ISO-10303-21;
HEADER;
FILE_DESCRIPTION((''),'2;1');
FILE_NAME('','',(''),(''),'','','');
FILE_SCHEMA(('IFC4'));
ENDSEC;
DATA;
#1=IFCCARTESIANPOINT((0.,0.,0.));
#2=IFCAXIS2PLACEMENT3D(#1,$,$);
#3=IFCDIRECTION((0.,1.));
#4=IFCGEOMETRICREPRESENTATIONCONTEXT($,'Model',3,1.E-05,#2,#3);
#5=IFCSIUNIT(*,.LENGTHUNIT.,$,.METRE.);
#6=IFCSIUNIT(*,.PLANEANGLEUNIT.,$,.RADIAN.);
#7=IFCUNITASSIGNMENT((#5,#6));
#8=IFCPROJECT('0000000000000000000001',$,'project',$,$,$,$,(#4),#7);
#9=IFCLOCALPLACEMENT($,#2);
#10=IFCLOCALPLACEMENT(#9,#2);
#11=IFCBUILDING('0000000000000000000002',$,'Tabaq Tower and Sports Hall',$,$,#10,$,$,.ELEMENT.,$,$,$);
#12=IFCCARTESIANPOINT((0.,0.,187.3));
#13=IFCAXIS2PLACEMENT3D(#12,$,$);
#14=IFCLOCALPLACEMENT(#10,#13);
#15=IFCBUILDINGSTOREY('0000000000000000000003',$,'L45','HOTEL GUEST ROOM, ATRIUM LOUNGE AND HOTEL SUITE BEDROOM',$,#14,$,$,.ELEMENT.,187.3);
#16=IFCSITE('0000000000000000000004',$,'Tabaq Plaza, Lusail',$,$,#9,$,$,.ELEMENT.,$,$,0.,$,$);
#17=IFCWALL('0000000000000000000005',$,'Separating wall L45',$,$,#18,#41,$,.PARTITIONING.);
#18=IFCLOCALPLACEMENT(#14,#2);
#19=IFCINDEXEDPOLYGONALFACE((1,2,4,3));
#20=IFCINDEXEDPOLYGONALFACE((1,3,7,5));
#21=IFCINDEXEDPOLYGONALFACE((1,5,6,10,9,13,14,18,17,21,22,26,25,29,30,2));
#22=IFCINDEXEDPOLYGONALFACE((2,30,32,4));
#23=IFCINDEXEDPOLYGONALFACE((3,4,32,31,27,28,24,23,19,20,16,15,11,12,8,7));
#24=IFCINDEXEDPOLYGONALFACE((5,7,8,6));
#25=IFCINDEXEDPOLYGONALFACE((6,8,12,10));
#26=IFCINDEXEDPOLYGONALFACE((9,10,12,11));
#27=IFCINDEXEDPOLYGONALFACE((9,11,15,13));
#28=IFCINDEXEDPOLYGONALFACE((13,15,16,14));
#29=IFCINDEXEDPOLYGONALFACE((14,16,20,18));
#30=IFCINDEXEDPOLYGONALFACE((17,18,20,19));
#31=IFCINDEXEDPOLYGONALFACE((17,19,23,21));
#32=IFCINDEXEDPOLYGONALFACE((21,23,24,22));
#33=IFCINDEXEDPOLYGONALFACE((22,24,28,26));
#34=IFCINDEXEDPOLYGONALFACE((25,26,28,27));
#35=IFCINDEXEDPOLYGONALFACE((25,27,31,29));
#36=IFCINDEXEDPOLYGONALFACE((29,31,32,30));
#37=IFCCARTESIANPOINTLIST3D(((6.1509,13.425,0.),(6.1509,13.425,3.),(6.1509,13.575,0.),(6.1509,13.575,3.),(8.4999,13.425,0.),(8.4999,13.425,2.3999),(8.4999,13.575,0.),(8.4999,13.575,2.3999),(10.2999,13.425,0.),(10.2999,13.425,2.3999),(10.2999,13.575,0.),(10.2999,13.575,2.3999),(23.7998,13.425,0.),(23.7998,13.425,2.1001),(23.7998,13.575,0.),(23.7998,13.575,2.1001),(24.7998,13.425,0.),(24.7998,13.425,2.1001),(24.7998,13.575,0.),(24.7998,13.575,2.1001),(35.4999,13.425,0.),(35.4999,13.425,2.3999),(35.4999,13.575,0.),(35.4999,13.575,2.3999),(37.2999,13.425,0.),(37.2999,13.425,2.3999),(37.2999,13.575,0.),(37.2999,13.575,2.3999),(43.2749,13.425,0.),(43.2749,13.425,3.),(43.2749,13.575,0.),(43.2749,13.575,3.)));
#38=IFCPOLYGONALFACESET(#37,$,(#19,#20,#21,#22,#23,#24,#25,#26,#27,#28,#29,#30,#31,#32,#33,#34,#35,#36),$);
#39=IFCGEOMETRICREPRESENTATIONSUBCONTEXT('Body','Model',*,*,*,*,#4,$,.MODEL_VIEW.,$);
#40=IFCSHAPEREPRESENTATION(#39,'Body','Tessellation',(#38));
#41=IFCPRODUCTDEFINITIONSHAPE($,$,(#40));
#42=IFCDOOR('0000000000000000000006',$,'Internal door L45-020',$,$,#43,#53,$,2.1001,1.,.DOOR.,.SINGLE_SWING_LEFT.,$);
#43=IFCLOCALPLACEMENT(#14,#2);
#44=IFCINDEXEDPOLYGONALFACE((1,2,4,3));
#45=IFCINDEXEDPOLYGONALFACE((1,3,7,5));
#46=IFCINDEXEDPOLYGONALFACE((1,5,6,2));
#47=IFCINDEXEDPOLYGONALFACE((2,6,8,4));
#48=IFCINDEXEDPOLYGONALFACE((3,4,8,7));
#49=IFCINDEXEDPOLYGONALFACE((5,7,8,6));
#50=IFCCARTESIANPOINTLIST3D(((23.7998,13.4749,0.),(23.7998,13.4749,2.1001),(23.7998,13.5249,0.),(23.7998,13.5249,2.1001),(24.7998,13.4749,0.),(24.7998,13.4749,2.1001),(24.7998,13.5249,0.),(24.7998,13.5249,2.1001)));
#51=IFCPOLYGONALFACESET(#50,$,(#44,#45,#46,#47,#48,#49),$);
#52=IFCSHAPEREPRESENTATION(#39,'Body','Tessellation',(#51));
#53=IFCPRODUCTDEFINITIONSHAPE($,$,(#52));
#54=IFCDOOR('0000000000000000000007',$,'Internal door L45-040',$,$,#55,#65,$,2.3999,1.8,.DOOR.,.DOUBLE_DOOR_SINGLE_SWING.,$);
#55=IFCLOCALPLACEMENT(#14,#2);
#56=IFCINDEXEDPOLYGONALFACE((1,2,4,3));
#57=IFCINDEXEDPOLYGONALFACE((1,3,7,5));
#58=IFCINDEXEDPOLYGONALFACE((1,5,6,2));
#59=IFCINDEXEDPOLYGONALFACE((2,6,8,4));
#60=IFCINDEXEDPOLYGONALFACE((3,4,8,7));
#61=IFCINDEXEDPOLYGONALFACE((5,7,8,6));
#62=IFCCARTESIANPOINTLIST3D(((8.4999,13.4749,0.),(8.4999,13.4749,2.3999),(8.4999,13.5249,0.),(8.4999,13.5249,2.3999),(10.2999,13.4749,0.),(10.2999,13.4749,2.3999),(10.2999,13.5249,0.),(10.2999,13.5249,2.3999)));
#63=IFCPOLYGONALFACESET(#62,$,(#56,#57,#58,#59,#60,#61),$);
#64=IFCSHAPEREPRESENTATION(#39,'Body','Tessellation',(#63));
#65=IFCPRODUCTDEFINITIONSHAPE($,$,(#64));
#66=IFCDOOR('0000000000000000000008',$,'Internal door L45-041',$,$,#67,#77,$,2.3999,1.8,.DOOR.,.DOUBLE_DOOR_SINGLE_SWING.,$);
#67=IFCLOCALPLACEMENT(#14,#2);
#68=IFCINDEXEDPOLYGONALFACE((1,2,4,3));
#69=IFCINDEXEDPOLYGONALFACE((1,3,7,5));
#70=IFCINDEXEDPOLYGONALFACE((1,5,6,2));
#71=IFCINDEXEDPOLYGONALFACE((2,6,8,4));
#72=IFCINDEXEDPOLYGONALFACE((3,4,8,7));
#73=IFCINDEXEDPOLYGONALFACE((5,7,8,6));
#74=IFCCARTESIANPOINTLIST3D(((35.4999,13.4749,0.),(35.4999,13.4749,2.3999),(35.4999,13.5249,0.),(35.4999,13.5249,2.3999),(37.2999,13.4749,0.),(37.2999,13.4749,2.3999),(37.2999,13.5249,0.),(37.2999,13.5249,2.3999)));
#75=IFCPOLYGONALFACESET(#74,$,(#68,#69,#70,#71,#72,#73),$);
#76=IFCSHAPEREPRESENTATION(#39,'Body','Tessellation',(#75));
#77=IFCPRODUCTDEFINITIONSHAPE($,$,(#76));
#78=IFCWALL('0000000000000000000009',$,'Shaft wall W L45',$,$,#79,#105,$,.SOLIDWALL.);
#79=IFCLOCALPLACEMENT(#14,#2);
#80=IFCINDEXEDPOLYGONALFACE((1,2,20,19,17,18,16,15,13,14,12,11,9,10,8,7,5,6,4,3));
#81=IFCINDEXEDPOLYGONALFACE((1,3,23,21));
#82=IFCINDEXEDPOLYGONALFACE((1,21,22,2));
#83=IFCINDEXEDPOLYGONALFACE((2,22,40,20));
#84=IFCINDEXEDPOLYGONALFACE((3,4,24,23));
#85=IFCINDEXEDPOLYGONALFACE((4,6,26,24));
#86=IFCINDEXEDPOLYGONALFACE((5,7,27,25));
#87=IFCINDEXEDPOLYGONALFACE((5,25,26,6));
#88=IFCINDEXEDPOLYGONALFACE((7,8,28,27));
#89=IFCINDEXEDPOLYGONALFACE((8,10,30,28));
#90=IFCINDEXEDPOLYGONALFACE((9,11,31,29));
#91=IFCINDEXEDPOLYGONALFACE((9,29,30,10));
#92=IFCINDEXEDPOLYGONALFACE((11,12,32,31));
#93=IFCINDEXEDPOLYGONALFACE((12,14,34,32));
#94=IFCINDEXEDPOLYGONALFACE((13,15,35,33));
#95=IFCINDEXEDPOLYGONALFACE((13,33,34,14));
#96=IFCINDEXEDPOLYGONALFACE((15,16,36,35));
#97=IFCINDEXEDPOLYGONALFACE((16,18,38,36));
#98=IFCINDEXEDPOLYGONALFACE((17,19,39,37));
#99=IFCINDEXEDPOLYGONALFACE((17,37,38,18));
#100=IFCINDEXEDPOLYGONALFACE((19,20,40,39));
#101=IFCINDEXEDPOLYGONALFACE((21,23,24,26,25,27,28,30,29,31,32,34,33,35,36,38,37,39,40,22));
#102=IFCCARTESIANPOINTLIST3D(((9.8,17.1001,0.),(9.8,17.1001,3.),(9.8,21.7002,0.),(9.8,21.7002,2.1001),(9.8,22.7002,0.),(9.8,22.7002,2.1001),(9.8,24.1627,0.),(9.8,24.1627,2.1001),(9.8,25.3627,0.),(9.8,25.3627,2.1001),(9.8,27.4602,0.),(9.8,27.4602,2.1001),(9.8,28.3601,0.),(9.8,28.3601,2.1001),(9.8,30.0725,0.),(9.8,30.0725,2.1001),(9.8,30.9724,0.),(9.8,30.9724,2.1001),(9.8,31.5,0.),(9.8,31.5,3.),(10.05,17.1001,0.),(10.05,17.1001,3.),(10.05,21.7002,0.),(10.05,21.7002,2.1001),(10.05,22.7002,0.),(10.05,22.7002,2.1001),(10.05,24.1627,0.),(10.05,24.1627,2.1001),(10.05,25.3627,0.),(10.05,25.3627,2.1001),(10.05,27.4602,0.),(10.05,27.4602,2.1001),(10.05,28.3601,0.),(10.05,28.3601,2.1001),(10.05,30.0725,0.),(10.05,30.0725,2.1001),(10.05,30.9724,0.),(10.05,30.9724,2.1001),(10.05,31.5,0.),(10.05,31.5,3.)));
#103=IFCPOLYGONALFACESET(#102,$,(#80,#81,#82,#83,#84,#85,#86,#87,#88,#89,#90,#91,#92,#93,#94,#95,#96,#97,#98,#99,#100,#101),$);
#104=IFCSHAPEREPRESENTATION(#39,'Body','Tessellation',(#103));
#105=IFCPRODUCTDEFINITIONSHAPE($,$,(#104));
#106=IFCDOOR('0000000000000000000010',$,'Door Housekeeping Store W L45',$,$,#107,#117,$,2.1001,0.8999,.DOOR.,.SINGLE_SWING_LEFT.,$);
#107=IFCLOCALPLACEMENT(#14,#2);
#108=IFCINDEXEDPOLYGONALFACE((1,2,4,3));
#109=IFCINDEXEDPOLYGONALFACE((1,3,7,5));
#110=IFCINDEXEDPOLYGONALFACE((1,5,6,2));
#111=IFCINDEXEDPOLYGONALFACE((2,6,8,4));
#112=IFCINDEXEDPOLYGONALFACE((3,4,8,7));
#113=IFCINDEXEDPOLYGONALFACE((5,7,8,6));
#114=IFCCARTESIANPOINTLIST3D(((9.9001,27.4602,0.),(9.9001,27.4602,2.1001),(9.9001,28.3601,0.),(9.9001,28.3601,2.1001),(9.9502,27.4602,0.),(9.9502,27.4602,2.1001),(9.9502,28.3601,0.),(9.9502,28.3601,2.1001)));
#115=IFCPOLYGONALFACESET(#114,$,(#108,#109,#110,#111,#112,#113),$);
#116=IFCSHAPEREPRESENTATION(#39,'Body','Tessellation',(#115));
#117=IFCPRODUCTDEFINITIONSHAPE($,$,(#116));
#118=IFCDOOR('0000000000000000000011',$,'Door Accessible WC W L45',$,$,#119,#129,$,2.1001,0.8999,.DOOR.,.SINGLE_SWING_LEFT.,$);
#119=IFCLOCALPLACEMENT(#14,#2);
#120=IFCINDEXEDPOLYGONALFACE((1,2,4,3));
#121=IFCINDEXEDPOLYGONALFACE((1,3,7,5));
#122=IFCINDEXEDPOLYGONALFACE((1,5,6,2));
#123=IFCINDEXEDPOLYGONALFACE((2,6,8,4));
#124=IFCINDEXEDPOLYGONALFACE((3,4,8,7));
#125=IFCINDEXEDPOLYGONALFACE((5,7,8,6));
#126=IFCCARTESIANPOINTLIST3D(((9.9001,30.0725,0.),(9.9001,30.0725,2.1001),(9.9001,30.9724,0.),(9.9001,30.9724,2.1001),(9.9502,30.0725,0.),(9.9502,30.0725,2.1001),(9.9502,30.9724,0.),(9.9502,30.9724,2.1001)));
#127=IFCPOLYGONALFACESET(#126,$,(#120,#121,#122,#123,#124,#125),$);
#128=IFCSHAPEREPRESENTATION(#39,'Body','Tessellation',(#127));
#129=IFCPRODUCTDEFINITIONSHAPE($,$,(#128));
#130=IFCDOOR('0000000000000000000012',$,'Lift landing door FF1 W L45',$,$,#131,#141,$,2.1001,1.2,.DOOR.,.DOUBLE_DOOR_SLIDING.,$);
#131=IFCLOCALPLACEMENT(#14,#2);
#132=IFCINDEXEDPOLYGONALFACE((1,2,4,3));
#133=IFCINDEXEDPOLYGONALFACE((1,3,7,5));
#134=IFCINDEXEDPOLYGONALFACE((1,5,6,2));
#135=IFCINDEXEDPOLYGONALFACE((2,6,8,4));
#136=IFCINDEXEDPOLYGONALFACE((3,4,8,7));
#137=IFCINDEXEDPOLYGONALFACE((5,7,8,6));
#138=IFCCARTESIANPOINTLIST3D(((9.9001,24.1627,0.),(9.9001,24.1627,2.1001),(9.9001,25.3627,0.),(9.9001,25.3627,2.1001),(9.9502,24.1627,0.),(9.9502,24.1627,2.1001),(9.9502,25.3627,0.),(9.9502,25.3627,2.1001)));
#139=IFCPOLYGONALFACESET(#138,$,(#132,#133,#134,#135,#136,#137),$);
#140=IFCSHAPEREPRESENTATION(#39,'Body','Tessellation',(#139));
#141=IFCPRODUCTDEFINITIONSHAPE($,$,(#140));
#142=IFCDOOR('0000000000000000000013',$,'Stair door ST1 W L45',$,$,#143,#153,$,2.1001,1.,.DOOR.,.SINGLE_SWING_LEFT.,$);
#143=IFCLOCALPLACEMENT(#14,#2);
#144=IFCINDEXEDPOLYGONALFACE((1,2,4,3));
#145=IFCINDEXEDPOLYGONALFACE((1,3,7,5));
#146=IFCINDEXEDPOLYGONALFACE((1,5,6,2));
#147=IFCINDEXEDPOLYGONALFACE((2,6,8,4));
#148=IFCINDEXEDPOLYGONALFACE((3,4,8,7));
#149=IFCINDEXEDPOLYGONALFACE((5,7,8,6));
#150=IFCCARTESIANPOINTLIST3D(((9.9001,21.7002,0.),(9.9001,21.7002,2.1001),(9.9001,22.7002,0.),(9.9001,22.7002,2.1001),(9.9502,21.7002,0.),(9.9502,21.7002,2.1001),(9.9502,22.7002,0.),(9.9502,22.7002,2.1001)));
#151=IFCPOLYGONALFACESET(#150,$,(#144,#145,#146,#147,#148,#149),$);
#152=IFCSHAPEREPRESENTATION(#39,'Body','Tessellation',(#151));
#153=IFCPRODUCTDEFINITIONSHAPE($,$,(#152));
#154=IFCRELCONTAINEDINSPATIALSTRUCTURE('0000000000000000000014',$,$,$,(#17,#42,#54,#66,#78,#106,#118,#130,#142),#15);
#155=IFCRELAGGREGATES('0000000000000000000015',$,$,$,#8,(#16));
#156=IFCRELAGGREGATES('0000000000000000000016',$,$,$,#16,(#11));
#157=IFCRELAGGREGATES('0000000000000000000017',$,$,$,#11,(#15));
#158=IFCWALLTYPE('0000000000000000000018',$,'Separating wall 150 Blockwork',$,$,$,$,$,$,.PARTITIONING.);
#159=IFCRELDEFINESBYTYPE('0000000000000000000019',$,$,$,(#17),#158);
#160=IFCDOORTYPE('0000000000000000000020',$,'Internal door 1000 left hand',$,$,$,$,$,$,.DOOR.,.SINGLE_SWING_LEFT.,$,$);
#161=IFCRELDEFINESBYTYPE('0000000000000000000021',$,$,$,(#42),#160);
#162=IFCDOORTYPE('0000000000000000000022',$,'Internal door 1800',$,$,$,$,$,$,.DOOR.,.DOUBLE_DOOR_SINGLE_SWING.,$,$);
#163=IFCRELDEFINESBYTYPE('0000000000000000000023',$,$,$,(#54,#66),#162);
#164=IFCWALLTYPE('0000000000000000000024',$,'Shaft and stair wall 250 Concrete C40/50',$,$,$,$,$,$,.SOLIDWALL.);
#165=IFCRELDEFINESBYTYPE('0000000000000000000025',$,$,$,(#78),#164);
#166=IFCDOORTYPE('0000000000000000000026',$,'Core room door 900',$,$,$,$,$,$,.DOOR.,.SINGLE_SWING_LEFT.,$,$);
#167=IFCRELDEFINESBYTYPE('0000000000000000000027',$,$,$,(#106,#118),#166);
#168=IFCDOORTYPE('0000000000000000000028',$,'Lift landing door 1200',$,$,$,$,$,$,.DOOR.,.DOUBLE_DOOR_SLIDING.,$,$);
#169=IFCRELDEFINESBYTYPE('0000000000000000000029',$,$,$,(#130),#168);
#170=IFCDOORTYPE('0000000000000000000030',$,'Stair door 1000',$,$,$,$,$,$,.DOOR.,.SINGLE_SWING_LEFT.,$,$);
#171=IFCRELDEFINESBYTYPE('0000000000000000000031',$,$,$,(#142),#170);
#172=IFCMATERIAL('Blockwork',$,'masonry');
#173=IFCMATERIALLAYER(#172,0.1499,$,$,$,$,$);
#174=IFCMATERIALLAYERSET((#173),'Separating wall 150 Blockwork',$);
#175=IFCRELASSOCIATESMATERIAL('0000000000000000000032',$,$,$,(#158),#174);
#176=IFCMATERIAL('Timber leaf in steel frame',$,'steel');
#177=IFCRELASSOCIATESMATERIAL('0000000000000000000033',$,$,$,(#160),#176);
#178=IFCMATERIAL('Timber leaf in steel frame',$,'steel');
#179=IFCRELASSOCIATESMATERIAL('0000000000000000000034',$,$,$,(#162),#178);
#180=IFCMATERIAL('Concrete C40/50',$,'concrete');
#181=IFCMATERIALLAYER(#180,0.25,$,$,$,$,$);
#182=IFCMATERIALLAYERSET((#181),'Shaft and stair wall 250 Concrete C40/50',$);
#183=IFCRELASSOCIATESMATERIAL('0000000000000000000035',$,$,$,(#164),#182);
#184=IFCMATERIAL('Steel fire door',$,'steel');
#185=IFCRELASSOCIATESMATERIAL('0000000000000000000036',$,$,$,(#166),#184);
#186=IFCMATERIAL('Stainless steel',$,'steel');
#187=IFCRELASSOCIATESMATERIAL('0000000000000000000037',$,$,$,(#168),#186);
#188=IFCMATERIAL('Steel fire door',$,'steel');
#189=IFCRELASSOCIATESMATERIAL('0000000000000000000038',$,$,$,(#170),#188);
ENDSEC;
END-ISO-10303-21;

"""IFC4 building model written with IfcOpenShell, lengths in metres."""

from ifc_helpers import new_model, si_unit, direction, frame, frame_2d, origin, place, context, subcontext, project, spatial, rectangle, extrude, material, layer, layer_set, type_object, element, fill, save


model = new_model("IFC4")

# Units and contexts
model_context = context("Model", 3, precision=1e-05, world=origin(), true_north=direction((0.0, 1.0)))
body_context = subcontext(model_context, "Body", "Model", "MODEL_VIEW")
ifc_project = project(units=[si_unit("LENGTHUNIT", "METRE"), si_unit("PLANEANGLEUNIT", "RADIAN")], contexts=[model_context])

# Site, building, storey
site_placement = place(None, origin())
site = spatial("IfcSite", under=ifc_project, at=site_placement, Name="Tabaq Plaza, Lusail", CompositionType="ELEMENT", RefElevation=0.0)
building_placement = place(site_placement, origin())
building = spatial("IfcBuilding", under=site, at=building_placement, Name="Tabaq Tower and Sports Hall", CompositionType="ELEMENT")
storey_placement = place(building_placement, frame((0.0, 0.0, 187.3)))
storey = spatial("IfcBuildingStorey", under=building, at=storey_placement, Name="L45", Description="HOTEL GUEST ROOM, ATRIUM LOUNGE AND HOTEL SUITE BEDROOM", CompositionType="ELEMENT", Elevation=187.3)

# Walls, openings, doors
ifc_material_1 = material(Name="Blockwork", Category="masonry")
ifc_layer_1 = layer(ifc_material_1, 0.1499)
ifc_layer_set_1 = layer_set([ifc_layer_1], Name="Separating wall 150 Blockwork")
wall_type_1 = type_object("IfcWallType", Name="Separating wall 150 Blockwork", PredefinedType="PARTITIONING", material=ifc_layer_set_1)
wall_1_placement = place(storey_placement, frame((6.1509, 13.5, 0.0), z_axis=(0.0, 0.0, 1.0), x_axis=(1.0, 0.0, 0.0)))
wall_1 = element("IfcWall", 1, at=wall_1_placement, inside=storey, type_object=wall_type_1, Name="Separating wall L45", PredefinedType="PARTITIONING", context=body_context, shape_type="SweptSolid", body=[
    extrude(rectangle(XDim=37.124, YDim=0.1499, at=frame_2d((18.562, 0.0))), origin(), (0.0, 0.0, 1.0), 3.0),
])
opening_1_placement = place(wall_1_placement, frame((17.6489, 0.0, 0.0)))
opening_1 = element("IfcOpeningElement", 2, at=opening_1_placement, cuts=wall_1, PredefinedType="OPENING", context=body_context, shape_type="SweptSolid", body=[
    extrude(rectangle(XDim=1.0, YDim=2.1001, at=frame_2d((0.5, 1.05))), frame((0.0, 0.075, 0.0), z_axis=(0.0, -1.0, 0.0), x_axis=(1.0, 0.0, 0.0)), (0.0, 0.0, 1.0), 0.1499),
])
opening_2_placement = place(wall_1_placement, frame((2.3491, 0.0, 0.0)))
opening_2 = element("IfcOpeningElement", 3, at=opening_2_placement, cuts=wall_1, PredefinedType="OPENING", context=body_context, shape_type="SweptSolid", body=[
    extrude(rectangle(XDim=1.8, YDim=2.3999, at=frame_2d((0.8999, 1.2))), frame((0.0, 0.075, 0.0), z_axis=(0.0, -1.0, 0.0), x_axis=(1.0, 0.0, 0.0)), (0.0, 0.0, 1.0), 0.1499),
])
opening_3_placement = place(wall_1_placement, frame((29.3491, 0.0, 0.0)))
opening_3 = element("IfcOpeningElement", 4, at=opening_3_placement, cuts=wall_1, PredefinedType="OPENING", context=body_context, shape_type="SweptSolid", body=[
    extrude(rectangle(XDim=1.8, YDim=2.3999, at=frame_2d((0.8999, 1.2))), frame((0.0, 0.075, 0.0), z_axis=(0.0, -1.0, 0.0), x_axis=(1.0, 0.0, 0.0)), (0.0, 0.0, 1.0), 0.1499),
])
ifc_material_2 = material(Name="Timber leaf in steel frame", Category="steel")
door_type_1 = type_object("IfcDoorType", Name="Internal door 1000 left hand", OperationType="SINGLE_SWING_LEFT", PredefinedType="DOOR", material=ifc_material_2)
door_1_placement = place(opening_1_placement, origin())
door_1 = element("IfcDoor", 5, at=door_1_placement, inside=storey, type_object=door_type_1, Name="Internal door L45-020", OperationType="SINGLE_SWING_LEFT", OverallHeight=2.1001, OverallWidth=1.0, PredefinedType="DOOR", context=body_context, shape_type="SweptSolid", body=[
    extrude(rectangle(XDim=1.0, YDim=2.1001, at=frame_2d((0.5, 1.05))), frame((0.0, 0.0249, 0.0), z_axis=(0.0, -1.0, 0.0), x_axis=(1.0, 0.0, 0.0)), (0.0, 0.0, 1.0), 0.05),
])
fill(opening_1, door_1)
ifc_material_3 = material(Name="Timber leaf in steel frame", Category="steel")
door_type_2 = type_object("IfcDoorType", Name="Internal door 1800", OperationType="DOUBLE_DOOR_SINGLE_SWING", PredefinedType="DOOR", material=ifc_material_3)
door_2_placement = place(opening_2_placement, origin())
door_2 = element("IfcDoor", 6, at=door_2_placement, inside=storey, type_object=door_type_2, Name="Internal door L45-040", OperationType="DOUBLE_DOOR_SINGLE_SWING", OverallHeight=2.3999, OverallWidth=1.8, PredefinedType="DOOR", context=body_context, shape_type="SweptSolid", body=[
    extrude(rectangle(XDim=1.8, YDim=2.3999, at=frame_2d((0.8999, 1.2))), frame((0.0, 0.0249, 0.0), z_axis=(0.0, -1.0, 0.0), x_axis=(1.0, 0.0, 0.0)), (0.0, 0.0, 1.0), 0.05),
])
fill(opening_2, door_2)
door_3_placement = place(opening_3_placement, origin())
door_3 = element("IfcDoor", 7, at=door_3_placement, inside=storey, type_object=door_type_2, Name="Internal door L45-041", OperationType="DOUBLE_DOOR_SINGLE_SWING", OverallHeight=2.3999, OverallWidth=1.8, PredefinedType="DOOR", context=body_context, shape_type="SweptSolid", body=[
    extrude(rectangle(XDim=1.8, YDim=2.3999, at=frame_2d((0.8999, 1.2))), frame((0.0, 0.0249, 0.0), z_axis=(0.0, -1.0, 0.0), x_axis=(1.0, 0.0, 0.0)), (0.0, 0.0, 1.0), 0.05),
])
fill(opening_3, door_3)
ifc_material_4 = material(Name="Concrete C40/50", Category="concrete")
ifc_layer_2 = layer(ifc_material_4, 0.25)
ifc_layer_set_2 = layer_set([ifc_layer_2], Name="Shaft and stair wall 250 Concrete C40/50")
wall_type_2 = type_object("IfcWallType", Name="Shaft and stair wall 250 Concrete C40/50", PredefinedType="SOLIDWALL", material=ifc_layer_set_2)
wall_2_placement = place(storey_placement, frame((9.925, 17.1001, 0.0), z_axis=(0.0, 0.0, 1.0), x_axis=(0.0, 1.0, 0.0)))
wall_2 = element("IfcWall", 8, at=wall_2_placement, inside=storey, type_object=wall_type_2, Name="Shaft wall W L45", PredefinedType="SOLIDWALL", context=body_context, shape_type="SweptSolid", body=[
    extrude(rectangle(XDim=14.3999, YDim=0.25, at=frame_2d((7.2, 0.0))), origin(), (0.0, 0.0, 1.0), 3.0),
])
opening_4_placement = place(wall_2_placement, frame((4.6001, 0.0, 0.0)))
opening_4 = element("IfcOpeningElement", 9, at=opening_4_placement, cuts=wall_2, PredefinedType="OPENING", context=body_context, shape_type="SweptSolid", body=[
    extrude(rectangle(XDim=1.0, YDim=2.1001, at=frame_2d((0.5, 1.05))), frame((0.0, 0.125, 0.0), z_axis=(0.0, -1.0, 0.0), x_axis=(1.0, 0.0, 0.0)), (0.0, 0.0, 1.0), 0.25),
])
opening_5_placement = place(wall_2_placement, frame((7.0625, 0.0, 0.0)))
opening_5 = element("IfcOpeningElement", 10, at=opening_5_placement, cuts=wall_2, PredefinedType="OPENING", context=body_context, shape_type="SweptSolid", body=[
    extrude(rectangle(XDim=1.2, YDim=2.1001, at=frame_2d((0.6001, 1.05))), frame((0.0, 0.125, 0.0), z_axis=(0.0, -1.0, 0.0), x_axis=(1.0, 0.0, 0.0)), (0.0, 0.0, 1.0), 0.25),
])
opening_6_placement = place(wall_2_placement, frame((10.3601, 0.0, 0.0)))
opening_6 = element("IfcOpeningElement", 11, at=opening_6_placement, cuts=wall_2, PredefinedType="OPENING", context=body_context, shape_type="SweptSolid", body=[
    extrude(rectangle(XDim=0.8999, YDim=2.1001, at=frame_2d((0.45, 1.05))), frame((0.0, 0.125, 0.0), z_axis=(0.0, -1.0, 0.0), x_axis=(1.0, 0.0, 0.0)), (0.0, 0.0, 1.0), 0.25),
])
opening_7_placement = place(wall_2_placement, frame((12.9724, 0.0, 0.0)))
opening_7 = element("IfcOpeningElement", 12, at=opening_7_placement, cuts=wall_2, PredefinedType="OPENING", context=body_context, shape_type="SweptSolid", body=[
    extrude(rectangle(XDim=0.8999, YDim=2.1001, at=frame_2d((0.45, 1.05))), frame((0.0, 0.125, 0.0), z_axis=(0.0, -1.0, 0.0), x_axis=(1.0, 0.0, 0.0)), (0.0, 0.0, 1.0), 0.25),
])
ifc_material_5 = material(Name="Steel fire door", Category="steel")
door_type_3 = type_object("IfcDoorType", Name="Core room door 900", OperationType="SINGLE_SWING_LEFT", PredefinedType="DOOR", material=ifc_material_5)
door_4_placement = place(opening_6_placement, origin())
door_4 = element("IfcDoor", 13, at=door_4_placement, inside=storey, type_object=door_type_3, Name="Door Housekeeping Store W L45", OperationType="SINGLE_SWING_LEFT", OverallHeight=2.1001, OverallWidth=0.8999, PredefinedType="DOOR", context=body_context, shape_type="SweptSolid", body=[
    extrude(rectangle(XDim=0.8999, YDim=2.1001, at=frame_2d((0.45, 1.05))), frame((0.0, 0.0249, 0.0), z_axis=(0.0, -1.0, 0.0), x_axis=(1.0, 0.0, 0.0)), (0.0, 0.0, 1.0), 0.05),
])
fill(opening_6, door_4)
door_5_placement = place(opening_7_placement, origin())
door_5 = element("IfcDoor", 14, at=door_5_placement, inside=storey, type_object=door_type_3, Name="Door Accessible WC W L45", OperationType="SINGLE_SWING_LEFT", OverallHeight=2.1001, OverallWidth=0.8999, PredefinedType="DOOR", context=body_context, shape_type="SweptSolid", body=[
    extrude(rectangle(XDim=0.8999, YDim=2.1001, at=frame_2d((0.45, 1.05))), frame((0.0, 0.0249, 0.0), z_axis=(0.0, -1.0, 0.0), x_axis=(1.0, 0.0, 0.0)), (0.0, 0.0, 1.0), 0.05),
])
fill(opening_7, door_5)
ifc_material_6 = material(Name="Stainless steel", Category="steel")
door_type_4 = type_object("IfcDoorType", Name="Lift landing door 1200", OperationType="DOUBLE_DOOR_SLIDING", PredefinedType="DOOR", material=ifc_material_6)
door_6_placement = place(opening_5_placement, origin())
door_6 = element("IfcDoor", 15, at=door_6_placement, inside=storey, type_object=door_type_4, Name="Lift landing door FF1 W L45", OperationType="DOUBLE_DOOR_SLIDING", OverallHeight=2.1001, OverallWidth=1.2, PredefinedType="DOOR", context=body_context, shape_type="SweptSolid", body=[
    extrude(rectangle(XDim=1.2, YDim=2.1001, at=frame_2d((0.6001, 1.05))), frame((0.0, 0.0249, 0.0), z_axis=(0.0, -1.0, 0.0), x_axis=(1.0, 0.0, 0.0)), (0.0, 0.0, 1.0), 0.05),
])
fill(opening_5, door_6)
ifc_material_7 = material(Name="Steel fire door", Category="steel")
door_type_5 = type_object("IfcDoorType", Name="Stair door 1000", OperationType="SINGLE_SWING_LEFT", PredefinedType="DOOR", material=ifc_material_7)
door_7_placement = place(opening_4_placement, origin())
door_7 = element("IfcDoor", 16, at=door_7_placement, inside=storey, type_object=door_type_5, Name="Stair door ST1 W L45", OperationType="SINGLE_SWING_LEFT", OverallHeight=2.1001, OverallWidth=1.0, PredefinedType="DOOR", context=body_context, shape_type="SweptSolid", body=[
    extrude(rectangle(XDim=1.0, YDim=2.1001, at=frame_2d((0.5, 1.05))), frame((0.0, 0.0249, 0.0), z_axis=(0.0, -1.0, 0.0), x_axis=(1.0, 0.0, 0.0)), (0.0, 0.0, 1.0), 0.05),
])
fill(opening_4, door_7)

save(model, "model.ifc")
